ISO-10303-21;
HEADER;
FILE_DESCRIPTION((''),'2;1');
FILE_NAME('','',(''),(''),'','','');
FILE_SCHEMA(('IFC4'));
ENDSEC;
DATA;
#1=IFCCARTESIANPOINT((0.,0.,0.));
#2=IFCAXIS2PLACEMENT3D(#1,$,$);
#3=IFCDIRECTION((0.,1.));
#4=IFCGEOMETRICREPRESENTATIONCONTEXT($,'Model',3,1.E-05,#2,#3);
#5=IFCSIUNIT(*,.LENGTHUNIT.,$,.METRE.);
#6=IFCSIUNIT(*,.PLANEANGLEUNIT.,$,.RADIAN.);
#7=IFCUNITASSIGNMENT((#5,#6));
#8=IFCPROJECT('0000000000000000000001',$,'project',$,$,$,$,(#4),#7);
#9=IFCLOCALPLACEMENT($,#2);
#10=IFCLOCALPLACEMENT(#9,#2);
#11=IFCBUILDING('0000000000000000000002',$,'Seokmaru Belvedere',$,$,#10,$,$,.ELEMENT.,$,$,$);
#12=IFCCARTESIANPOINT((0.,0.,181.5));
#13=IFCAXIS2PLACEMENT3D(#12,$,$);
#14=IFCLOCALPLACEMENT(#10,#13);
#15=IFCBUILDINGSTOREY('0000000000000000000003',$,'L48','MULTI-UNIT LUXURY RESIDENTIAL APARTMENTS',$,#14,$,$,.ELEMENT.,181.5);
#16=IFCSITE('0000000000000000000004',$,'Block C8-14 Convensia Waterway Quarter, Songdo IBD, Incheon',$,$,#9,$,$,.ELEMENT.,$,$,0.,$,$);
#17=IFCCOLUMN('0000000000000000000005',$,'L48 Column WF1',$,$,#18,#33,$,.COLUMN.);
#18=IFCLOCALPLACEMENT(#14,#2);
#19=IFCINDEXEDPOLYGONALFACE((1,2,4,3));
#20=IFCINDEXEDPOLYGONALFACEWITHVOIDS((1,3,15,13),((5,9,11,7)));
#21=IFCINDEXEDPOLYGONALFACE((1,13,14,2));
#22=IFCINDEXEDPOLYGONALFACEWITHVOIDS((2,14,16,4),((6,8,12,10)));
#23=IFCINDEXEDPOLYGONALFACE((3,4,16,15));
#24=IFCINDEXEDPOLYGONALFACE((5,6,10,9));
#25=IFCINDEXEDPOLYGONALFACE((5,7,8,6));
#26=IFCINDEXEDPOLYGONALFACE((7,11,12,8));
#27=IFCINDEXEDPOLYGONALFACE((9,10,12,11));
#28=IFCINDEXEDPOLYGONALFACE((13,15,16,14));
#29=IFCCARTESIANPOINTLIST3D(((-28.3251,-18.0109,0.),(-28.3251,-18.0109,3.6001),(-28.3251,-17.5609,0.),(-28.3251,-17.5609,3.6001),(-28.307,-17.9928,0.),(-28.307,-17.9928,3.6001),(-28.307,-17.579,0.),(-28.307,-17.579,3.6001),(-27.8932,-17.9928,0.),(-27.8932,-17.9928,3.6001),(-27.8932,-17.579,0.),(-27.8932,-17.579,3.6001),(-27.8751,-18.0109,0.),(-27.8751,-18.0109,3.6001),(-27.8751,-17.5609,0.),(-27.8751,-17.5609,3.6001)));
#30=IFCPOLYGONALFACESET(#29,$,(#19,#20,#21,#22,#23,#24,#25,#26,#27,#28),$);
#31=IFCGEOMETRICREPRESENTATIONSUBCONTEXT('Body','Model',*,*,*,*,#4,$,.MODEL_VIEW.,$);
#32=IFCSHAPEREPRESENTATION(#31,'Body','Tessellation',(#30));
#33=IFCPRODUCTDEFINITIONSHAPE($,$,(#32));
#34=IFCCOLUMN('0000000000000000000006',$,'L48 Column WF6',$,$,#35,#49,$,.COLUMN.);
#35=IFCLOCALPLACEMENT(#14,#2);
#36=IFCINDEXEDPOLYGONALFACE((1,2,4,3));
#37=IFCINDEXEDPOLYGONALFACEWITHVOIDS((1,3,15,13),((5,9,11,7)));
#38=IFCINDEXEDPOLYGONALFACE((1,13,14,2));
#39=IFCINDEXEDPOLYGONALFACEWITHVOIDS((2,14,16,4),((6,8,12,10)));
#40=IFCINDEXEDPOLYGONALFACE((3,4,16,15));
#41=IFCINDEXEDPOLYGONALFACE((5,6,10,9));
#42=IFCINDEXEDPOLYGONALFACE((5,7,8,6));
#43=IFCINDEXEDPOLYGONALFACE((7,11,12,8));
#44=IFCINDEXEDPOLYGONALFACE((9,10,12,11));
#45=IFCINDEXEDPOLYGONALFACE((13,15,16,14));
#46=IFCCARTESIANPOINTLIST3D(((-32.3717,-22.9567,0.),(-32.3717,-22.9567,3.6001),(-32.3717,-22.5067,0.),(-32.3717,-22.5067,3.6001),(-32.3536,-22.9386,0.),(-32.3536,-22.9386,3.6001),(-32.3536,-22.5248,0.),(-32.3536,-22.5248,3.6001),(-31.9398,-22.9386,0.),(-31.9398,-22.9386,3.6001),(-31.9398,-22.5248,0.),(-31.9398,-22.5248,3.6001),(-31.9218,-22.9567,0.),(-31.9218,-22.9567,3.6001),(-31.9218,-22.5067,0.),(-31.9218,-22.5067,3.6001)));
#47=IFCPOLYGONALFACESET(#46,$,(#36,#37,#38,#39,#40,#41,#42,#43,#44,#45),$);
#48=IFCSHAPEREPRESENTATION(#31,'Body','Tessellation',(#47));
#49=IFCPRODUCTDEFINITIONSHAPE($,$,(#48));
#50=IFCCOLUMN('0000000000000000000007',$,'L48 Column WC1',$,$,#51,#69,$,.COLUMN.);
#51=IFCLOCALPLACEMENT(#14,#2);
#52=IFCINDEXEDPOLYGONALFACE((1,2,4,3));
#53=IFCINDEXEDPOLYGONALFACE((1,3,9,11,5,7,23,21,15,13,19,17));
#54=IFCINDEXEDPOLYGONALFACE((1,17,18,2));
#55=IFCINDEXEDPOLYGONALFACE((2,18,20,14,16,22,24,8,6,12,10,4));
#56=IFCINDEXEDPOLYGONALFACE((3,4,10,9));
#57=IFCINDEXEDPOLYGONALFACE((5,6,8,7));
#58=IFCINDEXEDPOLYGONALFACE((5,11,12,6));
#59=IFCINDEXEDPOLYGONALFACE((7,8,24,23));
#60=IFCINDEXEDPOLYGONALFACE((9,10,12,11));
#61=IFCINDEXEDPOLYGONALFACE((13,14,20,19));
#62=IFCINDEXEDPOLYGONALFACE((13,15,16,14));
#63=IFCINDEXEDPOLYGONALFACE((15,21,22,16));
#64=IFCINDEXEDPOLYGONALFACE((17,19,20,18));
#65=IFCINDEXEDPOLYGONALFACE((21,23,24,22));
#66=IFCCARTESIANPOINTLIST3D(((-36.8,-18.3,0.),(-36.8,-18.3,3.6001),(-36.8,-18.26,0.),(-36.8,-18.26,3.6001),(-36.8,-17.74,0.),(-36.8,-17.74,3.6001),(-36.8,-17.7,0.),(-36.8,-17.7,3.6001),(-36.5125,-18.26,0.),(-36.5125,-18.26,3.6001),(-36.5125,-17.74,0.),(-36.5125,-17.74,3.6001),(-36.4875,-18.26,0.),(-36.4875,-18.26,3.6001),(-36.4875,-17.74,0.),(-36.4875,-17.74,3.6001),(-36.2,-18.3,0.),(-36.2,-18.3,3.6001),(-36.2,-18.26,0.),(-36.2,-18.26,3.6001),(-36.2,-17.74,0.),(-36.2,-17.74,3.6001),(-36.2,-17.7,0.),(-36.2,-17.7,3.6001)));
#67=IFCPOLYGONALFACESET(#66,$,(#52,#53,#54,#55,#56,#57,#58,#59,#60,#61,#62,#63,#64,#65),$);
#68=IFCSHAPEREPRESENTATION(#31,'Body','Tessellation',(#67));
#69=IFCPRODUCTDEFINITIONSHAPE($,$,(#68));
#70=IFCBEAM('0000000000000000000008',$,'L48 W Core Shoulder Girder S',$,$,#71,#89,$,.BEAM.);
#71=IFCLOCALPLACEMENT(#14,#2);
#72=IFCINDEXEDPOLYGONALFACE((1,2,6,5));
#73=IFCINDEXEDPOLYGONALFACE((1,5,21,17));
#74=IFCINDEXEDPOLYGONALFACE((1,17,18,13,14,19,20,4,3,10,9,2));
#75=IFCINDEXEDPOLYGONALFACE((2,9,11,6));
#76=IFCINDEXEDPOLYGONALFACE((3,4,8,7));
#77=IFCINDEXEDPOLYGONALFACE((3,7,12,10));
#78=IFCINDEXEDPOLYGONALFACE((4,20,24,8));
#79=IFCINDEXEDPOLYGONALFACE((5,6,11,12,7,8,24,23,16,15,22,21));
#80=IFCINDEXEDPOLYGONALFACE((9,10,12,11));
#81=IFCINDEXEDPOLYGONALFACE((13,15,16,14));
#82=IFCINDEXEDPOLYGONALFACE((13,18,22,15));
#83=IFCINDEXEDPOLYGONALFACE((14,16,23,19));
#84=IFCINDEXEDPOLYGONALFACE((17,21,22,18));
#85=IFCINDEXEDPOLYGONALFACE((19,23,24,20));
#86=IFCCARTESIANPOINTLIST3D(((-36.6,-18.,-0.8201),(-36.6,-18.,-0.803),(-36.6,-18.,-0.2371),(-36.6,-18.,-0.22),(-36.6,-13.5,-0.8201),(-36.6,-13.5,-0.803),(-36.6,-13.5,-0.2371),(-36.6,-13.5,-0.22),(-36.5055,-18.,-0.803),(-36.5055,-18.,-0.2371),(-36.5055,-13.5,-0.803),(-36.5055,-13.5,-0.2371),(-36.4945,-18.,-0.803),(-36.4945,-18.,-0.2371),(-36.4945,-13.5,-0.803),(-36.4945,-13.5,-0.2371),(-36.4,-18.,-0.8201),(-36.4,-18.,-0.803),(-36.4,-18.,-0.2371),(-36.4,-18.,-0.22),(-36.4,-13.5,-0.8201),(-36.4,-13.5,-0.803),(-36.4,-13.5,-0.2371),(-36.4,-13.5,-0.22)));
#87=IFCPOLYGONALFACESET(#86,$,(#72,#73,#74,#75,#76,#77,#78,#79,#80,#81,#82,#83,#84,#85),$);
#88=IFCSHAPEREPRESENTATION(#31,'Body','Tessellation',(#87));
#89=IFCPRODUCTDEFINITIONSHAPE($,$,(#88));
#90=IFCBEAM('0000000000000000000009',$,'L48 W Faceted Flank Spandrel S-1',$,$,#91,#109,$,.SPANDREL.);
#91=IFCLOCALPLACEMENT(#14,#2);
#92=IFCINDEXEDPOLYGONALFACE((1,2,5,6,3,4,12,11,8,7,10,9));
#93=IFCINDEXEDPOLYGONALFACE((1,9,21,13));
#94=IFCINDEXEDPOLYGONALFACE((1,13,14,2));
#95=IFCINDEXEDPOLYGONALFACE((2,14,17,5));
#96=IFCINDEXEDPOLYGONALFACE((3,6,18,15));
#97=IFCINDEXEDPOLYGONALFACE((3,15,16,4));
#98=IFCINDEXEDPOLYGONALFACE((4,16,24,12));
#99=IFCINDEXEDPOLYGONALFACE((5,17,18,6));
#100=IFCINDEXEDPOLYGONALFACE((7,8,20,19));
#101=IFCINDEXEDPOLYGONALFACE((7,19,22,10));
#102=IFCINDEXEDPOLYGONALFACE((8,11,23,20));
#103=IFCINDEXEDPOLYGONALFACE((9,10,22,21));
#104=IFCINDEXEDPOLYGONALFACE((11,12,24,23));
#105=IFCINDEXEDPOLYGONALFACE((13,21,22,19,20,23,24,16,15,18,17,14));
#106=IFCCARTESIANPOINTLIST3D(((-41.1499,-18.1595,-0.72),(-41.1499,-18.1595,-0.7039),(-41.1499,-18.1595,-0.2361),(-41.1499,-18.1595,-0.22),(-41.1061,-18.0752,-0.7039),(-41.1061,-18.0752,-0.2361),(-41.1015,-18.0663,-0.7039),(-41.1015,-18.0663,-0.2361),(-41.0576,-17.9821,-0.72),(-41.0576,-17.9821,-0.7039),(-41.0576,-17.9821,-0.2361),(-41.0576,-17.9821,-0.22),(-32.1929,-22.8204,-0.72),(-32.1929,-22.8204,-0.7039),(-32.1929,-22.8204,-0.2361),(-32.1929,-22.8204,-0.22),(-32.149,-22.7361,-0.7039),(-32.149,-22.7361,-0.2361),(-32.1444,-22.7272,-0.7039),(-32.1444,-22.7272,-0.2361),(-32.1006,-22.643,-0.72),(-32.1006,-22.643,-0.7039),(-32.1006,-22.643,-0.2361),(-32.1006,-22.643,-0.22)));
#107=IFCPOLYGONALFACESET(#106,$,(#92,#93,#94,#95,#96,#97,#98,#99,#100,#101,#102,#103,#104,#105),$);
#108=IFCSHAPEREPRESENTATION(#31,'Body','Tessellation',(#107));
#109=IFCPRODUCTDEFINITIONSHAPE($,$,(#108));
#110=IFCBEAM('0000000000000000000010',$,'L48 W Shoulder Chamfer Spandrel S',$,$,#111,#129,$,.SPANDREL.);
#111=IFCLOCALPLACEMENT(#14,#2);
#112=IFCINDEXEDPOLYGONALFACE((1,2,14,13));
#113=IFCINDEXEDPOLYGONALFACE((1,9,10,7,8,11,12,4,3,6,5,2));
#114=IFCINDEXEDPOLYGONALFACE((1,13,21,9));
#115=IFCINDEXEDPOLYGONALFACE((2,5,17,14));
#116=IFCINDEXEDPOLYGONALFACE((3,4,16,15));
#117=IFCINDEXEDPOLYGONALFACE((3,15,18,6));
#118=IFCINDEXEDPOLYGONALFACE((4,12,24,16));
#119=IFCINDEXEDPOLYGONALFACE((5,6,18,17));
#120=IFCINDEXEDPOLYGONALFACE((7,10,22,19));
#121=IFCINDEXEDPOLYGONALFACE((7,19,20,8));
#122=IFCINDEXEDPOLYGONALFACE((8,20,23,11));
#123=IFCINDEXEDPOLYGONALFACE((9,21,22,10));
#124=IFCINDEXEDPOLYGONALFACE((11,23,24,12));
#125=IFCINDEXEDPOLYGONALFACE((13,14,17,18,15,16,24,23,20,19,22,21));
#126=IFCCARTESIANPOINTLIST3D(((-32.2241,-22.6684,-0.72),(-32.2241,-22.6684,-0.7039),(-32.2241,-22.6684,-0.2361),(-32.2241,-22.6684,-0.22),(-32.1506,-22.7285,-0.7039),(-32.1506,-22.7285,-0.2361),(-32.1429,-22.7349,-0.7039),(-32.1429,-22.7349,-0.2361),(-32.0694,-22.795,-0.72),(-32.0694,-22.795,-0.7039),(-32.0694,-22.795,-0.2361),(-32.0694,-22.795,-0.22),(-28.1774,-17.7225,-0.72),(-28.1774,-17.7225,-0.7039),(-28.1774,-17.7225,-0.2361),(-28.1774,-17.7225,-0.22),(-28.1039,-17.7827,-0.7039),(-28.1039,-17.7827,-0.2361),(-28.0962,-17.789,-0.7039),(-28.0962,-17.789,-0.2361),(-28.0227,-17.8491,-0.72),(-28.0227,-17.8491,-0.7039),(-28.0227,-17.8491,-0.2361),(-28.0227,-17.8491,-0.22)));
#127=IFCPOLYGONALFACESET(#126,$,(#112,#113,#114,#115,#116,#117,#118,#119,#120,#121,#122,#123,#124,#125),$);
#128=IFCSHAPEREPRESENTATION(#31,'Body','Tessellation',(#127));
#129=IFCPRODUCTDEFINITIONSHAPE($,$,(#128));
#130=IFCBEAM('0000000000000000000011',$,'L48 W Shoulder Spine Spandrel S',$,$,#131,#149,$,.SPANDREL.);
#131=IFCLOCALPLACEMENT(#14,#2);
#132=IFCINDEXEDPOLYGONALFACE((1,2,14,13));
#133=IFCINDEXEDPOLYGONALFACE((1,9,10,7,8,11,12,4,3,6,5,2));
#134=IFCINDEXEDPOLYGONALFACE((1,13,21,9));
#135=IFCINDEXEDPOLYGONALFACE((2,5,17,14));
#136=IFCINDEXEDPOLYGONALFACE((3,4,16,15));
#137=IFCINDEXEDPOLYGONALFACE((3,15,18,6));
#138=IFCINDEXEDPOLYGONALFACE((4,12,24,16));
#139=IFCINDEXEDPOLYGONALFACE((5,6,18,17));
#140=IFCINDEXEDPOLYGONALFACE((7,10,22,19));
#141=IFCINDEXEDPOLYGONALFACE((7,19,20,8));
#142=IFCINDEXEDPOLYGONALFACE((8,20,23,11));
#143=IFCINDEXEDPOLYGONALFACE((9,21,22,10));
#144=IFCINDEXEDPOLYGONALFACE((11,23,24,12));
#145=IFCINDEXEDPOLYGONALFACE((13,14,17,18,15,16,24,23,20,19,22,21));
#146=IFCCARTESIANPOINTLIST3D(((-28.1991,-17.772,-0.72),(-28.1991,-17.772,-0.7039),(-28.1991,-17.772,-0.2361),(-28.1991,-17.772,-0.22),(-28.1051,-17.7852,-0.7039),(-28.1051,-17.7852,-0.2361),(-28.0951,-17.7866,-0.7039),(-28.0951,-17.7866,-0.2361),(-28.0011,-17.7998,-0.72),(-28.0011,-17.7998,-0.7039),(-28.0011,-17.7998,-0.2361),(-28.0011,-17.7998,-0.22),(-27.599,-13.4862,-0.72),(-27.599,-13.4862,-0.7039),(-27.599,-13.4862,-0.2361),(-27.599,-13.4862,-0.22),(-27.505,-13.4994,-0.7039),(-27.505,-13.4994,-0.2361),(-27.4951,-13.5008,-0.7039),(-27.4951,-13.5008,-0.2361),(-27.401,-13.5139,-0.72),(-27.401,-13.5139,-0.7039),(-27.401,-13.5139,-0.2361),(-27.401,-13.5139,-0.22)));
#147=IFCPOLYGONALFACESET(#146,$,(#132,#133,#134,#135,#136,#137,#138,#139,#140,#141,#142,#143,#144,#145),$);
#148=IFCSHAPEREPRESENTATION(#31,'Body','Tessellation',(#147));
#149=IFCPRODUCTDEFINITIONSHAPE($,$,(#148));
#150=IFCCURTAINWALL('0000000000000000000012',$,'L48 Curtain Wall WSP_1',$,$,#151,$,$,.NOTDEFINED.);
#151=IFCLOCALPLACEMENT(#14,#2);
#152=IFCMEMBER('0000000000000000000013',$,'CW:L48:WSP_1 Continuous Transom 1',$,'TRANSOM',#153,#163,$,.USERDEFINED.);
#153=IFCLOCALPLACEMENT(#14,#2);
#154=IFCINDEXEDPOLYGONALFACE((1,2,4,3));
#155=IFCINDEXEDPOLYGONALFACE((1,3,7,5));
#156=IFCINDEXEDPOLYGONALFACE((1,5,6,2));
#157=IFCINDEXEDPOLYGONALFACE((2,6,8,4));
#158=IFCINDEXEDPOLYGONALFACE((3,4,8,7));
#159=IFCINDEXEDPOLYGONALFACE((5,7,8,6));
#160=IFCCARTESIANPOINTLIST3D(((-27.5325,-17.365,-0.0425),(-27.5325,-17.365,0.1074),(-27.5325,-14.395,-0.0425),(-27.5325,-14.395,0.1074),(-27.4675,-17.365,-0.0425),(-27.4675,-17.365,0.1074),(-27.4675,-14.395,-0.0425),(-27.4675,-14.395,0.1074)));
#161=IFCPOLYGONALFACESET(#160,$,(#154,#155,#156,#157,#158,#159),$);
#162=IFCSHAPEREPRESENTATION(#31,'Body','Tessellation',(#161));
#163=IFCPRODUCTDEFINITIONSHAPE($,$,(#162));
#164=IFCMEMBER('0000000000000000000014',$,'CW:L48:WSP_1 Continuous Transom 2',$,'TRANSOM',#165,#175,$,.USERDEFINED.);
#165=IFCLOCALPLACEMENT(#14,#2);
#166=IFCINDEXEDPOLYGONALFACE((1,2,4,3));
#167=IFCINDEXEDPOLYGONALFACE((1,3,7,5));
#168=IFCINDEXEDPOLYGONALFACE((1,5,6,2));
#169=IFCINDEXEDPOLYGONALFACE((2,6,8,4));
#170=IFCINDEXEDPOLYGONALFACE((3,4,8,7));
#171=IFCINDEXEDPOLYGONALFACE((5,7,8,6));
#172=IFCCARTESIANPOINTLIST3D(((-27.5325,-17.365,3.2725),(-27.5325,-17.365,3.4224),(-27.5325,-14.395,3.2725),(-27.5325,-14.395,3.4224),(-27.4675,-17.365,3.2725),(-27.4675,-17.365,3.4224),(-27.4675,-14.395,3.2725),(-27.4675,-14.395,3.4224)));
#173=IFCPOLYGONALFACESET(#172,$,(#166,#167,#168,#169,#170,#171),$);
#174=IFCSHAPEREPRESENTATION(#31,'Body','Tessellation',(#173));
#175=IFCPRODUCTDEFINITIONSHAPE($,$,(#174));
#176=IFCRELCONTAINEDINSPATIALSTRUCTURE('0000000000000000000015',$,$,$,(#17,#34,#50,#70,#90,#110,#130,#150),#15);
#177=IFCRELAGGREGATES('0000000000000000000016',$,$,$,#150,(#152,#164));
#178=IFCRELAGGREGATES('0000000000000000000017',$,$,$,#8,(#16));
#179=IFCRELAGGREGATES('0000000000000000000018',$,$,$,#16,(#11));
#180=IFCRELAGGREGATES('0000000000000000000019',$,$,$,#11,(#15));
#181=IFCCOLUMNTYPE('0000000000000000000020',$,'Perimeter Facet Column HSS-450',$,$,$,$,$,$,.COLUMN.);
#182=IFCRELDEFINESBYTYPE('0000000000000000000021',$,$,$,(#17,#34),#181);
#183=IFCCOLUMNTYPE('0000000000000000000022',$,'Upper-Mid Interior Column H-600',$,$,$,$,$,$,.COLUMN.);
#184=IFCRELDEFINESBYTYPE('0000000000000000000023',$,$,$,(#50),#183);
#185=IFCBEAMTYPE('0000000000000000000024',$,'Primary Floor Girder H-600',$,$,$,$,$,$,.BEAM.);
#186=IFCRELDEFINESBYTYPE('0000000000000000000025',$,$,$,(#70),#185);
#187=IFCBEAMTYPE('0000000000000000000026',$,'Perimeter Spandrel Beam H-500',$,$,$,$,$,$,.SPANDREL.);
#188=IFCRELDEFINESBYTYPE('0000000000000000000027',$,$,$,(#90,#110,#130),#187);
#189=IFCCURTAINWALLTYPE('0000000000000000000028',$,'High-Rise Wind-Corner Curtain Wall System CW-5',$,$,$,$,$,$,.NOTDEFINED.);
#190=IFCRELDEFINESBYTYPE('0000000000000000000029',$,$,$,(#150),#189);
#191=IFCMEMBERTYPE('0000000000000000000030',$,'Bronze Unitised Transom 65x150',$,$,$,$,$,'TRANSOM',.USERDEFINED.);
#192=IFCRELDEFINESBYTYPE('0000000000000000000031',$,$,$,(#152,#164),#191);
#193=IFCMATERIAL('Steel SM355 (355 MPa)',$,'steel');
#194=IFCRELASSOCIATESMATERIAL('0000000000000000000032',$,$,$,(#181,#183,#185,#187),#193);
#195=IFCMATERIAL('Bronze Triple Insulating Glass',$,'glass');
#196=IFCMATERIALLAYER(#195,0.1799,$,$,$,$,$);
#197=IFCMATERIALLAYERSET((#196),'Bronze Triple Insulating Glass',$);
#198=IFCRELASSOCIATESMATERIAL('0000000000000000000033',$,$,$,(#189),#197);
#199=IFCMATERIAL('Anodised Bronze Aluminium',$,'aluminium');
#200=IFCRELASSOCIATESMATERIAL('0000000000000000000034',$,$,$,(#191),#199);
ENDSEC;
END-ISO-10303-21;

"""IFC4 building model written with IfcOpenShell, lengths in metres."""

from ifc_helpers import new_model, si_unit, direction, frame, origin, origin_2d, place, context, subcontext, project, spatial, rectangle, hollow_rectangle, i_section, extrude, source, transform, mapped, material, layer, layer_set, material_profile, profile_set, type_object, type_shapes, element, aggregate, save


model = new_model("IFC4")

# Units and contexts
model_context = context("Model", 3, precision=1e-05, world=origin(), true_north=direction((0.0, 1.0)))
body_context = subcontext(model_context, "Body", "Model", "MODEL_VIEW")
ifc_project = project(units=[si_unit("LENGTHUNIT", "METRE"), si_unit("PLANEANGLEUNIT", "RADIAN")], contexts=[model_context])

# Site, building, storey
site_placement = place(None, origin())
site = spatial("IfcSite", under=ifc_project, at=site_placement, Name="Block C8-14 Convensia Waterway Quarter, Songdo IBD, Incheon", CompositionType="ELEMENT", RefElevation=0.0)
building_placement = place(site_placement, origin())
building = spatial("IfcBuilding", under=site, at=building_placement, Name="Seokmaru Belvedere", CompositionType="ELEMENT")
storey_placement = place(building_placement, frame((0.0, 0.0, 181.5)))
storey = spatial("IfcBuildingStorey", under=building, at=storey_placement, Name="L48", Description="MULTI-UNIT LUXURY RESIDENTIAL APARTMENTS", CompositionType="ELEMENT", Elevation=181.5)

# Columns
ifc_material_1 = material(Name="Steel SM355 (355 MPa)", Category="steel")
ifc_material_profile_1 = material_profile(ifc_material_1, hollow_rectangle(XDim=0.45, YDim=0.45, WallThickness=0.0181, at=origin_2d()), Name="HSS-450x450x18")
ifc_profile_set_1 = profile_set([ifc_material_profile_1], Name="Steel SM355 (355 MPa)")
column_type_1 = type_object("IfcColumnType", Name="Perimeter Facet Column HSS-450", PredefinedType="COLUMN", material=ifc_profile_set_1)
shared_shape_1 = source(origin(), body_context, "Body", "SweptSolid", [
    extrude(hollow_rectangle(XDim=0.45, YDim=0.45, WallThickness=0.0181, at=origin_2d()), origin(), (0.0, 0.0, 1.0), 3.6001),
])
type_shapes(column_type_1, [shared_shape_1])
for number, where, z_axis, x_axis, name in (
    (1, (-28.1001, -17.7859, 0.0), (0.0, 0.0, 1.0), (1.0, 0.0, 0.0), "L48 Column WF1"),
    (2, (-32.1467, -22.7317, 0.0), (0.0, 0.0, 1.0), (1.0, 0.0, 0.0), "L48 Column WF6"),
):
    element("IfcColumn", number, at=place(storey_placement, frame(where, z_axis=z_axis, x_axis=x_axis)), inside=storey, type_object=column_type_1, Name=name, PredefinedType="COLUMN", context=body_context, shape_type="MappedRepresentation", body=[
        mapped(shared_shape_1, transform((0.0, 0.0, 0.0), scale=1.0)),
    ])
ifc_material_profile_2 = material_profile(ifc_material_1, i_section(OverallWidth=0.6001, OverallDepth=0.6001, WebThickness=0.0249, FlangeThickness=0.04, at=origin_2d()), Name="H-600x600x25x40")
ifc_profile_set_2 = profile_set([ifc_material_profile_2], Name="Steel SM355 (355 MPa)")
column_type_2 = type_object("IfcColumnType", Name="Upper-Mid Interior Column H-600", PredefinedType="COLUMN", material=ifc_profile_set_2)
shared_shape_2 = source(origin(), body_context, "Body", "SweptSolid", [
    extrude(i_section(OverallWidth=0.6001, OverallDepth=0.6001, WebThickness=0.0249, FlangeThickness=0.04, at=origin_2d()), origin(), (0.0, 0.0, 1.0), 3.6001),
])
type_shapes(column_type_2, [shared_shape_2])
column_placement = place(storey_placement, frame((-36.5, -18.0, 0.0), z_axis=(0.0, 0.0, 1.0), x_axis=(1.0, 0.0, 0.0)))
element("IfcColumn", 3, at=column_placement, inside=storey, type_object=column_type_2, Name="L48 Column WC1", PredefinedType="COLUMN", context=body_context, shape_type="MappedRepresentation", body=[
    mapped(shared_shape_2, transform((0.0, 0.0, 0.0), scale=1.0)),
])

# Beams
ifc_material_profile_3 = material_profile(ifc_material_1, i_section(OverallWidth=0.2, OverallDepth=0.6001, WebThickness=0.011, FlangeThickness=0.0171, at=origin_2d()), Name="H-600x200x11x17")
ifc_profile_set_3 = profile_set([ifc_material_profile_3], Name="Steel SM355 (355 MPa)")
beam_type_1 = type_object("IfcBeamType", Name="Primary Floor Girder H-600", PredefinedType="BEAM", material=ifc_profile_set_3)
shared_shape_3 = source(origin(), body_context, "Body", "SweptSolid", [
    extrude(i_section(OverallWidth=0.2, OverallDepth=0.6001, WebThickness=0.011, FlangeThickness=0.0171, at=origin_2d()), origin(), (0.0, 0.0, 1.0), 4.5),
])
type_shapes(beam_type_1, [shared_shape_3])
beam_1_placement = place(storey_placement, frame((-36.5, -18.0, -0.52), z_axis=(0.0, 1.0, 0.0), x_axis=(-1.0, 0.0, 0.0)))
element("IfcBeam", 4, at=beam_1_placement, inside=storey, type_object=beam_type_1, Name="L48 W Core Shoulder Girder S", PredefinedType="BEAM", context=body_context, shape_type="MappedRepresentation", body=[
    mapped(shared_shape_3, transform((0.0, 0.0, 0.0), scale=1.0)),
])
ifc_material_profile_4 = material_profile(ifc_material_1, i_section(OverallWidth=0.2, OverallDepth=0.5, WebThickness=0.01, FlangeThickness=0.0161, at=origin_2d()), Name="H-500x200x10x16")
ifc_profile_set_4 = profile_set([ifc_material_profile_4], Name="Steel SM355 (355 MPa)")
beam_type_2 = type_object("IfcBeamType", Name="Perimeter Spandrel Beam H-500", PredefinedType="SPANDREL", material=ifc_profile_set_4)
shared_shape_4 = source(origin(), body_context, "Body", "SweptSolid", [
    extrude(i_section(OverallWidth=0.2, OverallDepth=0.5, WebThickness=0.01, FlangeThickness=0.0161, at=origin_2d()), origin(), (0.0, 0.0, 1.0), 10.0972),
])
beam_2_placement = place(storey_placement, frame((-32.1467, -22.7317, -0.47), z_axis=(-0.887086, 0.461605, 0.0), x_axis=(-0.461605, -0.887086, 0.0)))
element("IfcBeam", 5, at=beam_2_placement, inside=storey, type_object=beam_type_2, Name="L48 W Faceted Flank Spandrel S-1", PredefinedType="SPANDREL", context=body_context, shape_type="MappedRepresentation", body=[
    mapped(shared_shape_4, transform((0.0, 0.0, 0.0), scale=1.0)),
])
shared_shape_5 = source(origin(), body_context, "Body", "SweptSolid", [
    extrude(i_section(OverallWidth=0.2, OverallDepth=0.5, WebThickness=0.01, FlangeThickness=0.0161, at=origin_2d()), origin(), (0.0, 0.0, 1.0), 6.3904),
])
beam_3_placement = place(storey_placement, frame((-32.1467, -22.7317, -0.47), z_axis=(0.633244, 0.773952, 0.0), x_axis=(-0.773952, 0.633244, 0.0)))
element("IfcBeam", 6, at=beam_3_placement, inside=storey, type_object=beam_type_2, Name="L48 W Shoulder Chamfer Spandrel S", PredefinedType="SPANDREL", context=body_context, shape_type="MappedRepresentation", body=[
    mapped(shared_shape_5, transform((0.0, 0.0, 0.0), scale=1.0)),
])
shared_shape_6 = source(origin(), body_context, "Body", "SweptSolid", [
    extrude(i_section(OverallWidth=0.2, OverallDepth=0.5, WebThickness=0.01, FlangeThickness=0.0161, at=origin_2d()), origin(), (0.0, 0.0, 1.0), 4.3276),
])
type_shapes(beam_type_2, [shared_shape_4, shared_shape_5, shared_shape_6])
beam_4_placement = place(storey_placement, frame((-28.1001, -17.7859, -0.47), z_axis=(0.138664, 0.990339, 0.0), x_axis=(-0.990339, 0.138664, 0.0)))
element("IfcBeam", 7, at=beam_4_placement, inside=storey, type_object=beam_type_2, Name="L48 W Shoulder Spine Spandrel S", PredefinedType="SPANDREL", context=body_context, shape_type="MappedRepresentation", body=[
    mapped(shared_shape_6, transform((0.0, 0.0, 0.0), scale=1.0)),
])

# Curtain wall, members
ifc_material_2 = material(Name="Bronze Triple Insulating Glass", Category="glass")
ifc_layer_1 = layer(ifc_material_2, 0.1799)
ifc_layer_set_1 = layer_set([ifc_layer_1], Name="Bronze Triple Insulating Glass")
curtain_wall_type = type_object("IfcCurtainWallType", Name="High-Rise Wind-Corner Curtain Wall System CW-5", PredefinedType="NOTDEFINED", material=ifc_layer_set_1)
curtain_wall_1_placement = place(storey_placement, origin())
curtain_wall_1 = element("IfcCurtainWall", 8, at=curtain_wall_1_placement, inside=storey, type_object=curtain_wall_type, Name="L48 Curtain Wall WSP_1", PredefinedType="NOTDEFINED")
ifc_material_3 = material(Name="Anodised Bronze Aluminium", Category="aluminium")
ifc_material_profile_5 = material_profile(ifc_material_3, rectangle(XDim=0.0649, YDim=0.1499, at=origin_2d()), Name="CW-T-65x150")
ifc_profile_set_5 = profile_set([ifc_material_profile_5], Name="Anodised Bronze Aluminium")
member_type_1 = type_object("IfcMemberType", Name="Bronze Unitised Transom 65x150", ElementType="TRANSOM", PredefinedType="USERDEFINED", material=ifc_profile_set_5)
shared_shape_7 = source(origin(), body_context, "Body", "SweptSolid", [
    extrude(rectangle(XDim=0.0649, YDim=0.1499, at=origin_2d()), origin(), (0.0, 0.0, 1.0), 2.97),
])
member_1_placement = place(storey_placement, frame((-27.5, -17.365, 0.0325), z_axis=(0.0, 1.0, 0.0), x_axis=(-1.0, 0.0, 0.0)))
member_1 = element("IfcMember", 9, at=member_1_placement, type_object=member_type_1, Name="CW:L48:WSP_1 Continuous Transom 1", ObjectType="TRANSOM", PredefinedType="USERDEFINED", context=body_context, shape_type="MappedRepresentation", body=[
    mapped(shared_shape_7, transform((0.0, 0.0, 0.0), scale=1.0)),
])
member_2_placement = place(storey_placement, frame((-27.5, -17.365, 3.3474), z_axis=(0.0, 1.0, 0.0), x_axis=(-1.0, 0.0, 0.0)))
member_2 = element("IfcMember", 10, at=member_2_placement, type_object=member_type_1, Name="CW:L48:WSP_1 Continuous Transom 2", ObjectType="TRANSOM", PredefinedType="USERDEFINED", context=body_context, shape_type="MappedRepresentation", body=[
    mapped(shared_shape_7, transform((0.0, 0.0, 0.0), scale=1.0)),
])

aggregate(curtain_wall_1, [member_1, member_2])

save(model, "model.ifc")
